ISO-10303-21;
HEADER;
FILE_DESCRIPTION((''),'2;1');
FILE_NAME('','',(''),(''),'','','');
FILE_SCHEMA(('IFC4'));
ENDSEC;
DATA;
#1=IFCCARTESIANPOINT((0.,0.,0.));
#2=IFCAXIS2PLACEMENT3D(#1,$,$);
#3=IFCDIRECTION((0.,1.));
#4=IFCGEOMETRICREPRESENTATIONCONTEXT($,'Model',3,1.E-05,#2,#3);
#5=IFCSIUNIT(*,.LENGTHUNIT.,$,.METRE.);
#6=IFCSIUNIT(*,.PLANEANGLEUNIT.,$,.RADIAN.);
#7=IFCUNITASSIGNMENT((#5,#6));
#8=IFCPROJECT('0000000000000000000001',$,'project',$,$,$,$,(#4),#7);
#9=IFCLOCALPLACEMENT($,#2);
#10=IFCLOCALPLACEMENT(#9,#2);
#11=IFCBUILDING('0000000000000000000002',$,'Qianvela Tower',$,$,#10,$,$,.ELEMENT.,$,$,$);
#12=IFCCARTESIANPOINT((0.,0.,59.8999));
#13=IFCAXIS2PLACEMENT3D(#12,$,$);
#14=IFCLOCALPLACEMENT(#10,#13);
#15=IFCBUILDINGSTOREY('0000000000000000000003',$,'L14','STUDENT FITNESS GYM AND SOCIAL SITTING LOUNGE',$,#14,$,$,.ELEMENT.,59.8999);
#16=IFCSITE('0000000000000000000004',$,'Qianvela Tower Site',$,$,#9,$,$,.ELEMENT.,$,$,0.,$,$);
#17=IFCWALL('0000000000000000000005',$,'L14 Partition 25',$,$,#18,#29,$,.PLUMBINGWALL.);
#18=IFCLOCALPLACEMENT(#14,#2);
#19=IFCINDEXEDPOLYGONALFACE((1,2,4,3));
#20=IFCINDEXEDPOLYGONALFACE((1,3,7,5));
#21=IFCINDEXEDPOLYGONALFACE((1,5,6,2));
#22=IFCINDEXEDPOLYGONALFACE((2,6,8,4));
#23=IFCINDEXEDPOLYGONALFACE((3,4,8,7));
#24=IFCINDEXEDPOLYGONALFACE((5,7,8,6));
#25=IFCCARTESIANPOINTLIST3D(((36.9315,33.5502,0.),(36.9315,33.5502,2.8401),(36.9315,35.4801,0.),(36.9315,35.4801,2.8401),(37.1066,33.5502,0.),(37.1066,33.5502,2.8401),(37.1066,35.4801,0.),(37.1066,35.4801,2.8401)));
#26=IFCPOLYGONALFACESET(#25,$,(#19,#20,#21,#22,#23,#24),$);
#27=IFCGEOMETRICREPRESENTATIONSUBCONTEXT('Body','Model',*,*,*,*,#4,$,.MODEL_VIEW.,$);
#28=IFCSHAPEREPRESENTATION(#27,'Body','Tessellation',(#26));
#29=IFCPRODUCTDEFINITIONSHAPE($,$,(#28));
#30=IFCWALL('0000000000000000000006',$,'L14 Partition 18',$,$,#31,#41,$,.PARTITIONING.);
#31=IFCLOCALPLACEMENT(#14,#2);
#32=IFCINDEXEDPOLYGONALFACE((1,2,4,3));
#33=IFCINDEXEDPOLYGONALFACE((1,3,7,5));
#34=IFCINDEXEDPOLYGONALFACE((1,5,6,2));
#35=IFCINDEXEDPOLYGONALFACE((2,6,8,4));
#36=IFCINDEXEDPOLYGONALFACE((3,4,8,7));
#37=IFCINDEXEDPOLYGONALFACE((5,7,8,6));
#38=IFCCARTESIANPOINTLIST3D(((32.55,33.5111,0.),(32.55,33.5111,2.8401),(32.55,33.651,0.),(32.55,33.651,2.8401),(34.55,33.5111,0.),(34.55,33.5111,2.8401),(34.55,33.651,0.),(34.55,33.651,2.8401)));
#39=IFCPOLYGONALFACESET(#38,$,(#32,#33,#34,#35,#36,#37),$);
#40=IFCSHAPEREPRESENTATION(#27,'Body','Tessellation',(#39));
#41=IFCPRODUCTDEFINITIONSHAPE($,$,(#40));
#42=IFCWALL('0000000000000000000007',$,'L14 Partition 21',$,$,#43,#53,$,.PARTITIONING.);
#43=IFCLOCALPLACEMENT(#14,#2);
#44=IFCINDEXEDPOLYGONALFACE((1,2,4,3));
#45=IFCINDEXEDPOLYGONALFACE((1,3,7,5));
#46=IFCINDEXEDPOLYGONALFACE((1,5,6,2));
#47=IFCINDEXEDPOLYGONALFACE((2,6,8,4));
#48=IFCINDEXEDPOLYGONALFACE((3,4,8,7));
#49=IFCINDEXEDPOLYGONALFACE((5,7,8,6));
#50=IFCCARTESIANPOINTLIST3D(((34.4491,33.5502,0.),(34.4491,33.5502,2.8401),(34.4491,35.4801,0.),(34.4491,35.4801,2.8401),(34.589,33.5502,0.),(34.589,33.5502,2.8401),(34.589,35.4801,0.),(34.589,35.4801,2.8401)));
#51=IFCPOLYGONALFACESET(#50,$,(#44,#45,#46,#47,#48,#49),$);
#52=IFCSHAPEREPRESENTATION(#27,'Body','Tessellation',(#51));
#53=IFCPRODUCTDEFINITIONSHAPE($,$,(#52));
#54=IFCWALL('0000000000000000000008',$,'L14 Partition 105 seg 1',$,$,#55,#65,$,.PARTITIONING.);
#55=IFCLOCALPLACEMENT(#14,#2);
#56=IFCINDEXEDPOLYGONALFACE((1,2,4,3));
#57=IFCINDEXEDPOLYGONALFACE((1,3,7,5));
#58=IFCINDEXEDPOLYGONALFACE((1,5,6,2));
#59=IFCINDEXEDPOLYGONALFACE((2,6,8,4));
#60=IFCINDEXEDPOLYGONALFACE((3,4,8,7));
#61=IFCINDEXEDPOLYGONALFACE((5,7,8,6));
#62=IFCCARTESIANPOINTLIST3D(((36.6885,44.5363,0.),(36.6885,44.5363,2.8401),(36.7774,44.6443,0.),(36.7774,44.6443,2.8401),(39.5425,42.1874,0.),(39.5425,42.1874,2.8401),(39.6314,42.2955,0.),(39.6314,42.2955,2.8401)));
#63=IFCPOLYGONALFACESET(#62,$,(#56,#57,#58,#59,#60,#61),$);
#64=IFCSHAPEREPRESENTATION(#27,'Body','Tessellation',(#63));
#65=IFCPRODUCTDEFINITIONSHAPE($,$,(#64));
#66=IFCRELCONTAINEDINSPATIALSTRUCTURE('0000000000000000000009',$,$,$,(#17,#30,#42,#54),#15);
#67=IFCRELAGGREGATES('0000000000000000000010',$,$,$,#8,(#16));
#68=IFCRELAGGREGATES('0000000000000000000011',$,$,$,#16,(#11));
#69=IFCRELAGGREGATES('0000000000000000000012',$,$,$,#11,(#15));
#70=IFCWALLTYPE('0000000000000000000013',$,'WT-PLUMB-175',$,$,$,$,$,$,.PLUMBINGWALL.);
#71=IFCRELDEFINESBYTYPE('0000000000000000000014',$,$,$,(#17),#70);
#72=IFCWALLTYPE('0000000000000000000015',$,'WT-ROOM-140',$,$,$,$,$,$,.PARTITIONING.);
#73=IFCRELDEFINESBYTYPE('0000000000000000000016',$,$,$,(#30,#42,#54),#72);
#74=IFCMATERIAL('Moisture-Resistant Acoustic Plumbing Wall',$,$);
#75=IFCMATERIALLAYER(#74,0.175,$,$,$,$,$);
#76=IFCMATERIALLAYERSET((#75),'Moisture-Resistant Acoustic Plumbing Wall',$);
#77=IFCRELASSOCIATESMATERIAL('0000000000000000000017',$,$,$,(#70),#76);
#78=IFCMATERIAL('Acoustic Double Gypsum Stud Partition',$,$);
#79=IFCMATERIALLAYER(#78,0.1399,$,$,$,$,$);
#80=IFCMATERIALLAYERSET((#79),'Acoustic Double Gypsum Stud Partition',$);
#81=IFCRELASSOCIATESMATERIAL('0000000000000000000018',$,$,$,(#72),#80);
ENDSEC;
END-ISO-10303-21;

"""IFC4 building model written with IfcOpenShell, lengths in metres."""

from ifc_helpers import new_model, si_unit, direction, frame, frame_2d, origin, place, context, subcontext, project, spatial, rectangle, extrude, material, layer, layer_set, type_object, element, save


model = new_model("IFC4")

# Units and contexts
model_context = context("Model", 3, precision=1e-05, world=origin(), true_north=direction((0.0, 1.0)))
body_context = subcontext(model_context, "Body", "Model", "MODEL_VIEW")
ifc_project = project(units=[si_unit("LENGTHUNIT", "METRE"), si_unit("PLANEANGLEUNIT", "RADIAN")], contexts=[model_context])

# Site, building, storey
site_placement = place(None, origin())
site = spatial("IfcSite", under=ifc_project, at=site_placement, Name="Qianvela Tower Site", CompositionType="ELEMENT", RefElevation=0.0)
building_placement = place(site_placement, origin())
building = spatial("IfcBuilding", under=site, at=building_placement, Name="Qianvela Tower", CompositionType="ELEMENT")
storey_placement = place(building_placement, frame((0.0, 0.0, 59.8999)))
storey = spatial("IfcBuildingStorey", under=building, at=storey_placement, Name="L14", Description="STUDENT FITNESS GYM AND SOCIAL SITTING LOUNGE", CompositionType="ELEMENT", Elevation=59.8999)

# Shared definitions
ifc_material_1 = material(Name="Moisture-Resistant Acoustic Plumbing Wall")
ifc_layer_1 = layer(ifc_material_1, 0.175)
ifc_layer_set_1 = layer_set([ifc_layer_1], Name="Moisture-Resistant Acoustic Plumbing Wall")
wall_type_1 = type_object("IfcWallType", Name="WT-PLUMB-175", PredefinedType="PLUMBINGWALL", material=ifc_layer_set_1)

# Walls
wall_1_placement = place(storey_placement, frame((37.019, 35.48, 0.0), z_axis=(0.0, 0.0, 1.0), x_axis=(0.0, -1.0, 0.0)))
element("IfcWall", 1, at=wall_1_placement, inside=storey, type_object=wall_type_1, Name="L14 Partition 25", PredefinedType="PLUMBINGWALL", context=body_context, shape_type="SweptSolid", body=[
    extrude(rectangle(XDim=1.9299, YDim=0.175, at=frame_2d((0.9648, 0.0))), origin(), (0.0, 0.0, 1.0), 2.8401),
])
ifc_material_2 = material(Name="Acoustic Double Gypsum Stud Partition")
ifc_layer_2 = layer(ifc_material_2, 0.1399)
ifc_layer_set_2 = layer_set([ifc_layer_2], Name="Acoustic Double Gypsum Stud Partition")
wall_type_2 = type_object("IfcWallType", Name="WT-ROOM-140", PredefinedType="PARTITIONING", material=ifc_layer_set_2)
wall_2_placement = place(storey_placement, frame((34.55, 33.5811, 0.0), z_axis=(0.0, 0.0, 1.0), x_axis=(-1.0, 0.0, 0.0)))
element("IfcWall", 2, at=wall_2_placement, inside=storey, type_object=wall_type_2, Name="L14 Partition 18", PredefinedType="PARTITIONING", context=body_context, shape_type="SweptSolid", body=[
    extrude(rectangle(XDim=2.0, YDim=0.1399, at=frame_2d((1.0, 0.0))), origin(), (0.0, 0.0, 1.0), 2.8401),
])
wall_3_placement = place(storey_placement, frame((34.519, 35.48, 0.0), z_axis=(0.0, 0.0, 1.0), x_axis=(0.0, -1.0, 0.0)))
element("IfcWall", 3, at=wall_3_placement, inside=storey, type_object=wall_type_2, Name="L14 Partition 21", PredefinedType="PARTITIONING", context=body_context, shape_type="SweptSolid", body=[
    extrude(rectangle(XDim=1.9299, YDim=0.1399, at=frame_2d((0.9648, 0.0))), origin(), (0.0, 0.0, 1.0), 2.8401),
])
wall_4_placement = place(storey_placement, frame((36.7329, 44.5903, 0.0), z_axis=(0.0, 0.0, 1.0), x_axis=(0.772127, -0.635469, 0.0)))
element("IfcWall", 4, at=wall_4_placement, inside=storey, type_object=wall_type_2, Name="L14 Partition 105 seg 1", PredefinedType="PARTITIONING", context=body_context, shape_type="SweptSolid", body=[
    extrude(rectangle(XDim=3.6963, YDim=0.1399, at=frame_2d((1.8481, 0.0))), origin(), (0.0, 0.0, 1.0), 2.8401),
])

save(model, "model.ifc")
